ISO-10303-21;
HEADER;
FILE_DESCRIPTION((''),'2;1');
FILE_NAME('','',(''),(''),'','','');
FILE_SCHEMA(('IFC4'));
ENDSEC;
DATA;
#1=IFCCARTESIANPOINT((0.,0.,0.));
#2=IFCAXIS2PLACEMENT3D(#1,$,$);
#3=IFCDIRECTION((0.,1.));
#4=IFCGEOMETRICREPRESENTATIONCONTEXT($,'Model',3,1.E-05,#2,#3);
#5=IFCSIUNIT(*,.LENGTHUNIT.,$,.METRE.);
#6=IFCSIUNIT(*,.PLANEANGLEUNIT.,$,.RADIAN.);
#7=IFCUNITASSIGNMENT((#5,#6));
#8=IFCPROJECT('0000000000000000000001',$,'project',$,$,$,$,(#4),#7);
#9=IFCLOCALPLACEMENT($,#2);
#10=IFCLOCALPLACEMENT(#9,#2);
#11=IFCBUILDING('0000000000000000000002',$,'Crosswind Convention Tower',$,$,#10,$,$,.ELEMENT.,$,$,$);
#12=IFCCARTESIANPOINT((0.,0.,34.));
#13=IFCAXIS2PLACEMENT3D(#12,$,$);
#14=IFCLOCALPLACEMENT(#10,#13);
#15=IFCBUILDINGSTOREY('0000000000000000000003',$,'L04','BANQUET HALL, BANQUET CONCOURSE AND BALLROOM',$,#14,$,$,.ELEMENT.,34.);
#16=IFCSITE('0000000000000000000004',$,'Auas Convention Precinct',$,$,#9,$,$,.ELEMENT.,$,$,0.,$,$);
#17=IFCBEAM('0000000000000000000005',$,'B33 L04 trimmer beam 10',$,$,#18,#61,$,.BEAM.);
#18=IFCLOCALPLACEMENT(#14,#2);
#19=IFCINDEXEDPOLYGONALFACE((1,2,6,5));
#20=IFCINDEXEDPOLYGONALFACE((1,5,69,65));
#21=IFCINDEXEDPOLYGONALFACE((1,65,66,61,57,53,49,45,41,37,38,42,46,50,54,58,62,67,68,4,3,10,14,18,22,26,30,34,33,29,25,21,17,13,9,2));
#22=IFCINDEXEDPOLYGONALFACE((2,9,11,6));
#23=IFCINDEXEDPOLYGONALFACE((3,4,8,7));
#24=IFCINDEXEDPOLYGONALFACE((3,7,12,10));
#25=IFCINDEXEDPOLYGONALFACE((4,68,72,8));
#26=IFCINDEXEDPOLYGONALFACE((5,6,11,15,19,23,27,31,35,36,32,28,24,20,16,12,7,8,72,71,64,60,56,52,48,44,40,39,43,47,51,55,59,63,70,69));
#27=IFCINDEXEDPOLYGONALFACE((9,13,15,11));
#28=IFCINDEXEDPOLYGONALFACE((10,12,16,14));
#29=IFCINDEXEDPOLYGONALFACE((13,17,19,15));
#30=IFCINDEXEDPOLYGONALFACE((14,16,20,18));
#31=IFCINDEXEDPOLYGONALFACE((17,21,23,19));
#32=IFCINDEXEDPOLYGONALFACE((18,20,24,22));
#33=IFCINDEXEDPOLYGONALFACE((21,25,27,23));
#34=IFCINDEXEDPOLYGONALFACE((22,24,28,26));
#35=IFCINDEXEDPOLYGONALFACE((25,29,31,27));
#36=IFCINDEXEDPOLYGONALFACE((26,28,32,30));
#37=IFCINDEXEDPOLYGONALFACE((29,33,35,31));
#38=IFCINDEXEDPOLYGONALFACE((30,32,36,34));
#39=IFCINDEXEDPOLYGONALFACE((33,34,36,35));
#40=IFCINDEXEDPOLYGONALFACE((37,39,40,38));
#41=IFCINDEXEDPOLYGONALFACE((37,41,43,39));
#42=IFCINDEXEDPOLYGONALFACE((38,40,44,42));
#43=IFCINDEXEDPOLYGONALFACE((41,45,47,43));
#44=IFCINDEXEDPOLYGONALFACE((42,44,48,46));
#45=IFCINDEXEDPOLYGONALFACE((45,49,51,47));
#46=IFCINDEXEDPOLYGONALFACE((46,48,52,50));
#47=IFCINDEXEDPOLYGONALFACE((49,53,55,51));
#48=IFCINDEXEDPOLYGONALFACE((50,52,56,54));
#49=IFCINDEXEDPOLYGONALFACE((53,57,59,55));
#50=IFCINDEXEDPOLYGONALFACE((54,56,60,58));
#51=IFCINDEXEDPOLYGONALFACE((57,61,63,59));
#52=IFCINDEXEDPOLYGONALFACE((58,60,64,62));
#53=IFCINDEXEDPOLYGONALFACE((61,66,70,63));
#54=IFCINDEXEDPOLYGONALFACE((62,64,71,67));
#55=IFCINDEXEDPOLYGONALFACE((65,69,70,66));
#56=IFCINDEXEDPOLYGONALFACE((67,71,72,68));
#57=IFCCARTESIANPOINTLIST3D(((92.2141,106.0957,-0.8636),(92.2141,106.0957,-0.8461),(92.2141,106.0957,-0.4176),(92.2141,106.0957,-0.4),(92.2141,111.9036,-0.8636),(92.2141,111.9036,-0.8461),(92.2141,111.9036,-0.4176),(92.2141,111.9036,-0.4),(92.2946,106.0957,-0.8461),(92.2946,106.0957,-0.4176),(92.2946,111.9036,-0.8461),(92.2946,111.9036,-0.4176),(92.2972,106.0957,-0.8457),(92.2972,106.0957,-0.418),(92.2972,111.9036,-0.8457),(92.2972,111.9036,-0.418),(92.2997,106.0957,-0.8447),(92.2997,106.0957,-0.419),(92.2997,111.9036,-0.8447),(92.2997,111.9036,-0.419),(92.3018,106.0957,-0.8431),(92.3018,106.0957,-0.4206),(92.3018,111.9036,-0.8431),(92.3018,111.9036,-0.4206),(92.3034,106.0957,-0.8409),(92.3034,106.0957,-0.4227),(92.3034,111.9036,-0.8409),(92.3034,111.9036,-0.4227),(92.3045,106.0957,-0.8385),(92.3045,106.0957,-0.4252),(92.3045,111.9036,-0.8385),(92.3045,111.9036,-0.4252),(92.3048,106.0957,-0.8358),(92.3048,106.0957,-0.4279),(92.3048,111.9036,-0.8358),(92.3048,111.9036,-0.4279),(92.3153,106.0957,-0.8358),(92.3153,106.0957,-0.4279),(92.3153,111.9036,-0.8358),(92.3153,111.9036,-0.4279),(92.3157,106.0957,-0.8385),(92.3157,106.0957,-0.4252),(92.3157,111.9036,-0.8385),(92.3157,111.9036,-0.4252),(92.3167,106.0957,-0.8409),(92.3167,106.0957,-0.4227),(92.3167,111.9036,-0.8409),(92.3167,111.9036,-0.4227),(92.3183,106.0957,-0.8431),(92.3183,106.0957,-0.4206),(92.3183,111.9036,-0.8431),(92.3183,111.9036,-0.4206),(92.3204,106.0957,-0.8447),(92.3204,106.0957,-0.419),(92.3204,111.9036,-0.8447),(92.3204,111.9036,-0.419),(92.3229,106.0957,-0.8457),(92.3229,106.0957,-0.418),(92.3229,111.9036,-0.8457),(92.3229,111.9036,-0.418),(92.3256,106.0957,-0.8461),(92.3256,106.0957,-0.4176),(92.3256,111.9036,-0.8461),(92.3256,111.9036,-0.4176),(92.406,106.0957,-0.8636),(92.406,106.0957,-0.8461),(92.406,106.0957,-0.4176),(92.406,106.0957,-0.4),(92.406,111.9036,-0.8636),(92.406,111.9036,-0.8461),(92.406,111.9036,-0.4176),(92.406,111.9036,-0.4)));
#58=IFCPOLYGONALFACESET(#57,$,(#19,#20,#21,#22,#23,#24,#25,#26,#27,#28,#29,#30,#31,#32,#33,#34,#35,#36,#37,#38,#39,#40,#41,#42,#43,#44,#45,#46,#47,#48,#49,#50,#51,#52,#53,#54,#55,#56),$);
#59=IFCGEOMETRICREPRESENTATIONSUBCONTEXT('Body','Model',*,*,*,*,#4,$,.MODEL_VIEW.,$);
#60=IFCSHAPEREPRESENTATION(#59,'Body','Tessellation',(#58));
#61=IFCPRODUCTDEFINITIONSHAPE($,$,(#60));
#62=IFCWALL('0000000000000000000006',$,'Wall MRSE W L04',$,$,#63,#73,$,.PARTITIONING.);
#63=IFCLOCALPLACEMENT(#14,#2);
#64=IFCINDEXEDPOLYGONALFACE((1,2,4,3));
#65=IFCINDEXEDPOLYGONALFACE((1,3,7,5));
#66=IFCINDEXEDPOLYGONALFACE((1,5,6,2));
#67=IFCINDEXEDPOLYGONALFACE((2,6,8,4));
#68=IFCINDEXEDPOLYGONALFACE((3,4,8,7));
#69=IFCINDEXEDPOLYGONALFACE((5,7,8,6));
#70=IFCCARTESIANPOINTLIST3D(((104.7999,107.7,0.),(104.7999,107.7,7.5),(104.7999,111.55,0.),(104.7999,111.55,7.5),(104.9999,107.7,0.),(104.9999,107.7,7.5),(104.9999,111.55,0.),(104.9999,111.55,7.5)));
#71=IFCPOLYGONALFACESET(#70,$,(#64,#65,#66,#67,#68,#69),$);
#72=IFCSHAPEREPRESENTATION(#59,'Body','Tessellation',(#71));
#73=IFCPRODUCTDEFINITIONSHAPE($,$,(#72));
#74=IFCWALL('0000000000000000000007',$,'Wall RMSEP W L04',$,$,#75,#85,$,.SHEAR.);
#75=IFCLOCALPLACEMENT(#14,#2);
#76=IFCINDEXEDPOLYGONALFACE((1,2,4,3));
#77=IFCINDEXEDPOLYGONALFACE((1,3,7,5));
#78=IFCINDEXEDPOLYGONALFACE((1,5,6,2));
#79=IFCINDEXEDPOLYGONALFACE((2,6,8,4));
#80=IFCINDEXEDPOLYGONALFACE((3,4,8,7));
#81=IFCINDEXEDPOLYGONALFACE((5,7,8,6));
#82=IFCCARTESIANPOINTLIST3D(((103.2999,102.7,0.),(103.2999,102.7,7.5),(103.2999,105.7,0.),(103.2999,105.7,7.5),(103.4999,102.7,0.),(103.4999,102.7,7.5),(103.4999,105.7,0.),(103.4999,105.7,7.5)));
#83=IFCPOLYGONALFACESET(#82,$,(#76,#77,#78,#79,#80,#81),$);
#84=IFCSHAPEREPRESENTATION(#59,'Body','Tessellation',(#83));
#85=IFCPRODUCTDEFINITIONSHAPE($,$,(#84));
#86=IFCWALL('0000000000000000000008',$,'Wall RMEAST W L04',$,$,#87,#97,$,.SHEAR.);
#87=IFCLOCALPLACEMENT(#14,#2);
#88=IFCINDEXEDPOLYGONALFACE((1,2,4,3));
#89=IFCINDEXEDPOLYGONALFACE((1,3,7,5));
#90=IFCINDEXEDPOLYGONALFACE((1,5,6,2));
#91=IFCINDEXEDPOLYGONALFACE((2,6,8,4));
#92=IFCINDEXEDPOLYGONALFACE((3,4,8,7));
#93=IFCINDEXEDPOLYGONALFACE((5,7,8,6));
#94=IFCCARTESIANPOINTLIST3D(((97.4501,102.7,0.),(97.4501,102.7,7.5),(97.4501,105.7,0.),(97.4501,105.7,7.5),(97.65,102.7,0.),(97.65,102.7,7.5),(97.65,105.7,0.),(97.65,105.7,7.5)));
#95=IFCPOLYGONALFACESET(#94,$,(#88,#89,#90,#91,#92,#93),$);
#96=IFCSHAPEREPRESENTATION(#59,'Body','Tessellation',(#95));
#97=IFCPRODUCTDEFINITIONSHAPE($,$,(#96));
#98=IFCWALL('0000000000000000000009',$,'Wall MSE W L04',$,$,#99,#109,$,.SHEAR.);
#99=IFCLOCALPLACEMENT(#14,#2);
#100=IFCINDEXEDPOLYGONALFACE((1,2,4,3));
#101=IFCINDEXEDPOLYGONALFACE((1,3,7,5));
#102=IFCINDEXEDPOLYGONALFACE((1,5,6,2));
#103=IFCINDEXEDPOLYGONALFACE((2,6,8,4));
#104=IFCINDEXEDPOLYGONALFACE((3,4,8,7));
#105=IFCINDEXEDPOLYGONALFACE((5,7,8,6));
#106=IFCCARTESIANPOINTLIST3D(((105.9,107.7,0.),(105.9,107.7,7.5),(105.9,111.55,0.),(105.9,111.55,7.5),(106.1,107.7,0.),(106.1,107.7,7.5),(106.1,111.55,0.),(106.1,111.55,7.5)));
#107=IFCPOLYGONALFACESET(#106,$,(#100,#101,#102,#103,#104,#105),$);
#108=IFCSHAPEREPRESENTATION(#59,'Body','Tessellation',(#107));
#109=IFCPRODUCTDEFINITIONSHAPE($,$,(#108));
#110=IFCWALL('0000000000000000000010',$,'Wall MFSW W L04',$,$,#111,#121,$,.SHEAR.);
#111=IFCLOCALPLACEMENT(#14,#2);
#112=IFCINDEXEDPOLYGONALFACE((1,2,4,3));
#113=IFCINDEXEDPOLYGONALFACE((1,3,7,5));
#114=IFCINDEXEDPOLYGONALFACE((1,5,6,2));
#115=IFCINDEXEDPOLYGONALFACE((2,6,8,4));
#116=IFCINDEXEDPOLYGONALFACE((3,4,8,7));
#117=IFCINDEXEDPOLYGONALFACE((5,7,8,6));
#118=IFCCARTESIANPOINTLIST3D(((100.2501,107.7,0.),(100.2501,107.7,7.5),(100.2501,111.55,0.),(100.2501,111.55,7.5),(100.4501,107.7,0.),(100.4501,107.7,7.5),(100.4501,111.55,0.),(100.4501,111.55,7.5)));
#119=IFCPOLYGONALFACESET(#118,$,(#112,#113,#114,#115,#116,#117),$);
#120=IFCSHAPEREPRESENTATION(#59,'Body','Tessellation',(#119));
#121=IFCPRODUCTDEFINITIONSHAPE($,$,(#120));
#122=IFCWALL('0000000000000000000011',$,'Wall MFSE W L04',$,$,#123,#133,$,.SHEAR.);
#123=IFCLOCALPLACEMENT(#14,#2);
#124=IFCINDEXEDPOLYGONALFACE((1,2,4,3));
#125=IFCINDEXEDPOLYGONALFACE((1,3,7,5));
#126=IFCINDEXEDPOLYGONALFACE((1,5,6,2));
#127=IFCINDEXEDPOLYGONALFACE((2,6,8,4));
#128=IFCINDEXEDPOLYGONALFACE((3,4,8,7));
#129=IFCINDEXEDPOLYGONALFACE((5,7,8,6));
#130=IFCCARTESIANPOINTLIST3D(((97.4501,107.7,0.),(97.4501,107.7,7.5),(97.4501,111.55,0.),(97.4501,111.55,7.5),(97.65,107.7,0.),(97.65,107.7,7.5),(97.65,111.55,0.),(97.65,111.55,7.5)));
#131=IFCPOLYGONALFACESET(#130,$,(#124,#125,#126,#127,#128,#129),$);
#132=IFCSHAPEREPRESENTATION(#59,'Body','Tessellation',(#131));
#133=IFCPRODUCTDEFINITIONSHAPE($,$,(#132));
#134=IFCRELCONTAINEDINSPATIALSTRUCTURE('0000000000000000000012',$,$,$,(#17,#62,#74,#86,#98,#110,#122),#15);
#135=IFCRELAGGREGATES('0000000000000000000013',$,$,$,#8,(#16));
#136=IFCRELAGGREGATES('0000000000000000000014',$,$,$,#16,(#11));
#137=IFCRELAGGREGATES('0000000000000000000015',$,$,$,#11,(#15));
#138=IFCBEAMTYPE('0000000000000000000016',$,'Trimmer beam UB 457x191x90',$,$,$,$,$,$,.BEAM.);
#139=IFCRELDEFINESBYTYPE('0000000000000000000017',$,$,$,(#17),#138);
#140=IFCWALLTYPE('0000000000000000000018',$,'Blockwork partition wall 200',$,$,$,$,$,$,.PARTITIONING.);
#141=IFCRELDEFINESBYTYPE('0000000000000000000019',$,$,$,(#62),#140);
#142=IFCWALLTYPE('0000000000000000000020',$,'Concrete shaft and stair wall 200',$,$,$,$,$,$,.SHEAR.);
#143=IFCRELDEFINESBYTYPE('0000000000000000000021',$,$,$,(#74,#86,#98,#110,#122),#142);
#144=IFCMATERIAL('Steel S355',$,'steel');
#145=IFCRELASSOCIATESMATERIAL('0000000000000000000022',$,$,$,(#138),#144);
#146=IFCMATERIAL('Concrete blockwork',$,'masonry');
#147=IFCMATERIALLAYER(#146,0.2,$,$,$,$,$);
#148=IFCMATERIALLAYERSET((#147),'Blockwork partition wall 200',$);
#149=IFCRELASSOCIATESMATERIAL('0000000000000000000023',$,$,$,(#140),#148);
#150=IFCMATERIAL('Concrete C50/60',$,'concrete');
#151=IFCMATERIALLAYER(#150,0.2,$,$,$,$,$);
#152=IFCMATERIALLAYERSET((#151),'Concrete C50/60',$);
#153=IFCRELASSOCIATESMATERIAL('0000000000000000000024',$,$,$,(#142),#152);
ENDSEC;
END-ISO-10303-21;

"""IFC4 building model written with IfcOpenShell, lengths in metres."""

from ifc_helpers import new_model, si_unit, direction, frame, frame_2d, origin, origin_2d, place, context, subcontext, project, spatial, rectangle, i_section, extrude, material, layer, layer_set, material_profile, profile_set, type_object, element, save


model = new_model("IFC4")

# Units and contexts
model_context = context("Model", 3, precision=1e-05, world=origin(), true_north=direction((0.0, 1.0)))
body_context = subcontext(model_context, "Body", "Model", "MODEL_VIEW")
ifc_project = project(units=[si_unit("LENGTHUNIT", "METRE"), si_unit("PLANEANGLEUNIT", "RADIAN")], contexts=[model_context])

# Site, building, storey
site_placement = place(None, origin())
site = spatial("IfcSite", under=ifc_project, at=site_placement, Name="Auas Convention Precinct", CompositionType="ELEMENT", RefElevation=0.0)
building_placement = place(site_placement, origin())
building = spatial("IfcBuilding", under=site, at=building_placement, Name="Crosswind Convention Tower", CompositionType="ELEMENT")
storey_placement = place(building_placement, frame((0.0, 0.0, 34.0)))
storey = spatial("IfcBuildingStorey", under=building, at=storey_placement, Name="L04", Description="BANQUET HALL, BANQUET CONCOURSE AND BALLROOM", CompositionType="ELEMENT", Elevation=34.0)

# Beam
ifc_material_1 = material(Name="Steel S355", Category="steel")
ifc_material_profile_1 = material_profile(ifc_material_1, i_section(OverallWidth=0.1919, OverallDepth=0.4636, WebThickness=0.0105, FlangeThickness=0.0176, FilletRadius=0.0103, at=origin_2d()), Name="UB 457x191x90")
ifc_profile_set_1 = profile_set([ifc_material_profile_1], Name="Steel S355")
beam_type_1 = type_object("IfcBeamType", Name="Trimmer beam UB 457x191x90", PredefinedType="BEAM", material=ifc_profile_set_1)
beam_1_placement = place(storey_placement, frame((92.3101, 106.0957, -0.6318), z_axis=(0.0, 1.0, 0.0), x_axis=(-1.0, 0.0, 0.0)))
element("IfcBeam", 1, at=beam_1_placement, inside=storey, type_object=beam_type_1, Name="B33 L04 trimmer beam 10", PredefinedType="BEAM", context=body_context, shape_type="SweptSolid", body=[
    extrude(i_section(OverallWidth=0.1919, OverallDepth=0.4636, WebThickness=0.0105, FlangeThickness=0.0176, FilletRadius=0.0103, at=origin_2d()), origin(), (0.0, 0.0, 1.0), 5.8079),
])

# Wall
ifc_material_2 = material(Name="Concrete blockwork", Category="masonry")
ifc_layer_1 = layer(ifc_material_2, 0.2)
ifc_layer_set_1 = layer_set([ifc_layer_1], Name="Blockwork partition wall 200")
wall_type_1 = type_object("IfcWallType", Name="Blockwork partition wall 200", PredefinedType="PARTITIONING", material=ifc_layer_set_1)
wall_1_placement = place(storey_placement, frame((104.8999, 111.55, 0.0), z_axis=(0.0, 0.0, 1.0), x_axis=(0.0, -1.0, 0.0)))
element("IfcWall", 2, at=wall_1_placement, inside=storey, type_object=wall_type_1, Name="Wall MRSE W L04", PredefinedType="PARTITIONING", context=body_context, shape_type="SweptSolid", body=[
    extrude(rectangle(XDim=3.8501, YDim=0.2, at=frame_2d((1.925, 0.0))), origin(), (0.0, 0.0, 1.0), 7.5),
])

# Walls
ifc_material_3 = material(Name="Concrete C50/60", Category="concrete")
ifc_layer_2 = layer(ifc_material_3, 0.2)
ifc_layer_set_2 = layer_set([ifc_layer_2], Name="Concrete C50/60")
wall_type_2 = type_object("IfcWallType", Name="Concrete shaft and stair wall 200", PredefinedType="SHEAR", material=ifc_layer_set_2)
for number, where, z_axis, x_axis, name in (
    (3, (103.3999, 105.7, 0.0), (0.0, 0.0, 1.0), (0.0, -1.0, 0.0), "Wall RMSEP W L04"),
    (4, (97.55, 105.7, 0.0), (0.0, 0.0, 1.0), (0.0, -1.0, 0.0), "Wall RMEAST W L04"),
):
    element("IfcWall", number, at=place(storey_placement, frame(where, z_axis=z_axis, x_axis=x_axis)), inside=storey, type_object=wall_type_2, Name=name, PredefinedType="SHEAR", context=body_context, shape_type="SweptSolid", body=[
        extrude(rectangle(XDim=3.0, YDim=0.2, at=frame_2d((1.5, 0.0))), origin(), (0.0, 0.0, 1.0), 7.5),
    ])
for number, where, z_axis, x_axis, name in (
    (5, (106.0, 111.55, 0.0), (0.0, 0.0, 1.0), (0.0, -1.0, 0.0), "Wall MSE W L04"),
    (6, (100.3501, 111.55, 0.0), (0.0, 0.0, 1.0), (0.0, -1.0, 0.0), "Wall MFSW W L04"),
    (7, (97.55, 111.55, 0.0), (0.0, 0.0, 1.0), (0.0, -1.0, 0.0), "Wall MFSE W L04"),
):
    element("IfcWall", number, at=place(storey_placement, frame(where, z_axis=z_axis, x_axis=x_axis)), inside=storey, type_object=wall_type_2, Name=name, PredefinedType="SHEAR", context=body_context, shape_type="SweptSolid", body=[
        extrude(rectangle(XDim=3.8501, YDim=0.2, at=frame_2d((1.925, 0.0))), origin(), (0.0, 0.0, 1.0), 7.5),
    ])

save(model, "model.ifc")
